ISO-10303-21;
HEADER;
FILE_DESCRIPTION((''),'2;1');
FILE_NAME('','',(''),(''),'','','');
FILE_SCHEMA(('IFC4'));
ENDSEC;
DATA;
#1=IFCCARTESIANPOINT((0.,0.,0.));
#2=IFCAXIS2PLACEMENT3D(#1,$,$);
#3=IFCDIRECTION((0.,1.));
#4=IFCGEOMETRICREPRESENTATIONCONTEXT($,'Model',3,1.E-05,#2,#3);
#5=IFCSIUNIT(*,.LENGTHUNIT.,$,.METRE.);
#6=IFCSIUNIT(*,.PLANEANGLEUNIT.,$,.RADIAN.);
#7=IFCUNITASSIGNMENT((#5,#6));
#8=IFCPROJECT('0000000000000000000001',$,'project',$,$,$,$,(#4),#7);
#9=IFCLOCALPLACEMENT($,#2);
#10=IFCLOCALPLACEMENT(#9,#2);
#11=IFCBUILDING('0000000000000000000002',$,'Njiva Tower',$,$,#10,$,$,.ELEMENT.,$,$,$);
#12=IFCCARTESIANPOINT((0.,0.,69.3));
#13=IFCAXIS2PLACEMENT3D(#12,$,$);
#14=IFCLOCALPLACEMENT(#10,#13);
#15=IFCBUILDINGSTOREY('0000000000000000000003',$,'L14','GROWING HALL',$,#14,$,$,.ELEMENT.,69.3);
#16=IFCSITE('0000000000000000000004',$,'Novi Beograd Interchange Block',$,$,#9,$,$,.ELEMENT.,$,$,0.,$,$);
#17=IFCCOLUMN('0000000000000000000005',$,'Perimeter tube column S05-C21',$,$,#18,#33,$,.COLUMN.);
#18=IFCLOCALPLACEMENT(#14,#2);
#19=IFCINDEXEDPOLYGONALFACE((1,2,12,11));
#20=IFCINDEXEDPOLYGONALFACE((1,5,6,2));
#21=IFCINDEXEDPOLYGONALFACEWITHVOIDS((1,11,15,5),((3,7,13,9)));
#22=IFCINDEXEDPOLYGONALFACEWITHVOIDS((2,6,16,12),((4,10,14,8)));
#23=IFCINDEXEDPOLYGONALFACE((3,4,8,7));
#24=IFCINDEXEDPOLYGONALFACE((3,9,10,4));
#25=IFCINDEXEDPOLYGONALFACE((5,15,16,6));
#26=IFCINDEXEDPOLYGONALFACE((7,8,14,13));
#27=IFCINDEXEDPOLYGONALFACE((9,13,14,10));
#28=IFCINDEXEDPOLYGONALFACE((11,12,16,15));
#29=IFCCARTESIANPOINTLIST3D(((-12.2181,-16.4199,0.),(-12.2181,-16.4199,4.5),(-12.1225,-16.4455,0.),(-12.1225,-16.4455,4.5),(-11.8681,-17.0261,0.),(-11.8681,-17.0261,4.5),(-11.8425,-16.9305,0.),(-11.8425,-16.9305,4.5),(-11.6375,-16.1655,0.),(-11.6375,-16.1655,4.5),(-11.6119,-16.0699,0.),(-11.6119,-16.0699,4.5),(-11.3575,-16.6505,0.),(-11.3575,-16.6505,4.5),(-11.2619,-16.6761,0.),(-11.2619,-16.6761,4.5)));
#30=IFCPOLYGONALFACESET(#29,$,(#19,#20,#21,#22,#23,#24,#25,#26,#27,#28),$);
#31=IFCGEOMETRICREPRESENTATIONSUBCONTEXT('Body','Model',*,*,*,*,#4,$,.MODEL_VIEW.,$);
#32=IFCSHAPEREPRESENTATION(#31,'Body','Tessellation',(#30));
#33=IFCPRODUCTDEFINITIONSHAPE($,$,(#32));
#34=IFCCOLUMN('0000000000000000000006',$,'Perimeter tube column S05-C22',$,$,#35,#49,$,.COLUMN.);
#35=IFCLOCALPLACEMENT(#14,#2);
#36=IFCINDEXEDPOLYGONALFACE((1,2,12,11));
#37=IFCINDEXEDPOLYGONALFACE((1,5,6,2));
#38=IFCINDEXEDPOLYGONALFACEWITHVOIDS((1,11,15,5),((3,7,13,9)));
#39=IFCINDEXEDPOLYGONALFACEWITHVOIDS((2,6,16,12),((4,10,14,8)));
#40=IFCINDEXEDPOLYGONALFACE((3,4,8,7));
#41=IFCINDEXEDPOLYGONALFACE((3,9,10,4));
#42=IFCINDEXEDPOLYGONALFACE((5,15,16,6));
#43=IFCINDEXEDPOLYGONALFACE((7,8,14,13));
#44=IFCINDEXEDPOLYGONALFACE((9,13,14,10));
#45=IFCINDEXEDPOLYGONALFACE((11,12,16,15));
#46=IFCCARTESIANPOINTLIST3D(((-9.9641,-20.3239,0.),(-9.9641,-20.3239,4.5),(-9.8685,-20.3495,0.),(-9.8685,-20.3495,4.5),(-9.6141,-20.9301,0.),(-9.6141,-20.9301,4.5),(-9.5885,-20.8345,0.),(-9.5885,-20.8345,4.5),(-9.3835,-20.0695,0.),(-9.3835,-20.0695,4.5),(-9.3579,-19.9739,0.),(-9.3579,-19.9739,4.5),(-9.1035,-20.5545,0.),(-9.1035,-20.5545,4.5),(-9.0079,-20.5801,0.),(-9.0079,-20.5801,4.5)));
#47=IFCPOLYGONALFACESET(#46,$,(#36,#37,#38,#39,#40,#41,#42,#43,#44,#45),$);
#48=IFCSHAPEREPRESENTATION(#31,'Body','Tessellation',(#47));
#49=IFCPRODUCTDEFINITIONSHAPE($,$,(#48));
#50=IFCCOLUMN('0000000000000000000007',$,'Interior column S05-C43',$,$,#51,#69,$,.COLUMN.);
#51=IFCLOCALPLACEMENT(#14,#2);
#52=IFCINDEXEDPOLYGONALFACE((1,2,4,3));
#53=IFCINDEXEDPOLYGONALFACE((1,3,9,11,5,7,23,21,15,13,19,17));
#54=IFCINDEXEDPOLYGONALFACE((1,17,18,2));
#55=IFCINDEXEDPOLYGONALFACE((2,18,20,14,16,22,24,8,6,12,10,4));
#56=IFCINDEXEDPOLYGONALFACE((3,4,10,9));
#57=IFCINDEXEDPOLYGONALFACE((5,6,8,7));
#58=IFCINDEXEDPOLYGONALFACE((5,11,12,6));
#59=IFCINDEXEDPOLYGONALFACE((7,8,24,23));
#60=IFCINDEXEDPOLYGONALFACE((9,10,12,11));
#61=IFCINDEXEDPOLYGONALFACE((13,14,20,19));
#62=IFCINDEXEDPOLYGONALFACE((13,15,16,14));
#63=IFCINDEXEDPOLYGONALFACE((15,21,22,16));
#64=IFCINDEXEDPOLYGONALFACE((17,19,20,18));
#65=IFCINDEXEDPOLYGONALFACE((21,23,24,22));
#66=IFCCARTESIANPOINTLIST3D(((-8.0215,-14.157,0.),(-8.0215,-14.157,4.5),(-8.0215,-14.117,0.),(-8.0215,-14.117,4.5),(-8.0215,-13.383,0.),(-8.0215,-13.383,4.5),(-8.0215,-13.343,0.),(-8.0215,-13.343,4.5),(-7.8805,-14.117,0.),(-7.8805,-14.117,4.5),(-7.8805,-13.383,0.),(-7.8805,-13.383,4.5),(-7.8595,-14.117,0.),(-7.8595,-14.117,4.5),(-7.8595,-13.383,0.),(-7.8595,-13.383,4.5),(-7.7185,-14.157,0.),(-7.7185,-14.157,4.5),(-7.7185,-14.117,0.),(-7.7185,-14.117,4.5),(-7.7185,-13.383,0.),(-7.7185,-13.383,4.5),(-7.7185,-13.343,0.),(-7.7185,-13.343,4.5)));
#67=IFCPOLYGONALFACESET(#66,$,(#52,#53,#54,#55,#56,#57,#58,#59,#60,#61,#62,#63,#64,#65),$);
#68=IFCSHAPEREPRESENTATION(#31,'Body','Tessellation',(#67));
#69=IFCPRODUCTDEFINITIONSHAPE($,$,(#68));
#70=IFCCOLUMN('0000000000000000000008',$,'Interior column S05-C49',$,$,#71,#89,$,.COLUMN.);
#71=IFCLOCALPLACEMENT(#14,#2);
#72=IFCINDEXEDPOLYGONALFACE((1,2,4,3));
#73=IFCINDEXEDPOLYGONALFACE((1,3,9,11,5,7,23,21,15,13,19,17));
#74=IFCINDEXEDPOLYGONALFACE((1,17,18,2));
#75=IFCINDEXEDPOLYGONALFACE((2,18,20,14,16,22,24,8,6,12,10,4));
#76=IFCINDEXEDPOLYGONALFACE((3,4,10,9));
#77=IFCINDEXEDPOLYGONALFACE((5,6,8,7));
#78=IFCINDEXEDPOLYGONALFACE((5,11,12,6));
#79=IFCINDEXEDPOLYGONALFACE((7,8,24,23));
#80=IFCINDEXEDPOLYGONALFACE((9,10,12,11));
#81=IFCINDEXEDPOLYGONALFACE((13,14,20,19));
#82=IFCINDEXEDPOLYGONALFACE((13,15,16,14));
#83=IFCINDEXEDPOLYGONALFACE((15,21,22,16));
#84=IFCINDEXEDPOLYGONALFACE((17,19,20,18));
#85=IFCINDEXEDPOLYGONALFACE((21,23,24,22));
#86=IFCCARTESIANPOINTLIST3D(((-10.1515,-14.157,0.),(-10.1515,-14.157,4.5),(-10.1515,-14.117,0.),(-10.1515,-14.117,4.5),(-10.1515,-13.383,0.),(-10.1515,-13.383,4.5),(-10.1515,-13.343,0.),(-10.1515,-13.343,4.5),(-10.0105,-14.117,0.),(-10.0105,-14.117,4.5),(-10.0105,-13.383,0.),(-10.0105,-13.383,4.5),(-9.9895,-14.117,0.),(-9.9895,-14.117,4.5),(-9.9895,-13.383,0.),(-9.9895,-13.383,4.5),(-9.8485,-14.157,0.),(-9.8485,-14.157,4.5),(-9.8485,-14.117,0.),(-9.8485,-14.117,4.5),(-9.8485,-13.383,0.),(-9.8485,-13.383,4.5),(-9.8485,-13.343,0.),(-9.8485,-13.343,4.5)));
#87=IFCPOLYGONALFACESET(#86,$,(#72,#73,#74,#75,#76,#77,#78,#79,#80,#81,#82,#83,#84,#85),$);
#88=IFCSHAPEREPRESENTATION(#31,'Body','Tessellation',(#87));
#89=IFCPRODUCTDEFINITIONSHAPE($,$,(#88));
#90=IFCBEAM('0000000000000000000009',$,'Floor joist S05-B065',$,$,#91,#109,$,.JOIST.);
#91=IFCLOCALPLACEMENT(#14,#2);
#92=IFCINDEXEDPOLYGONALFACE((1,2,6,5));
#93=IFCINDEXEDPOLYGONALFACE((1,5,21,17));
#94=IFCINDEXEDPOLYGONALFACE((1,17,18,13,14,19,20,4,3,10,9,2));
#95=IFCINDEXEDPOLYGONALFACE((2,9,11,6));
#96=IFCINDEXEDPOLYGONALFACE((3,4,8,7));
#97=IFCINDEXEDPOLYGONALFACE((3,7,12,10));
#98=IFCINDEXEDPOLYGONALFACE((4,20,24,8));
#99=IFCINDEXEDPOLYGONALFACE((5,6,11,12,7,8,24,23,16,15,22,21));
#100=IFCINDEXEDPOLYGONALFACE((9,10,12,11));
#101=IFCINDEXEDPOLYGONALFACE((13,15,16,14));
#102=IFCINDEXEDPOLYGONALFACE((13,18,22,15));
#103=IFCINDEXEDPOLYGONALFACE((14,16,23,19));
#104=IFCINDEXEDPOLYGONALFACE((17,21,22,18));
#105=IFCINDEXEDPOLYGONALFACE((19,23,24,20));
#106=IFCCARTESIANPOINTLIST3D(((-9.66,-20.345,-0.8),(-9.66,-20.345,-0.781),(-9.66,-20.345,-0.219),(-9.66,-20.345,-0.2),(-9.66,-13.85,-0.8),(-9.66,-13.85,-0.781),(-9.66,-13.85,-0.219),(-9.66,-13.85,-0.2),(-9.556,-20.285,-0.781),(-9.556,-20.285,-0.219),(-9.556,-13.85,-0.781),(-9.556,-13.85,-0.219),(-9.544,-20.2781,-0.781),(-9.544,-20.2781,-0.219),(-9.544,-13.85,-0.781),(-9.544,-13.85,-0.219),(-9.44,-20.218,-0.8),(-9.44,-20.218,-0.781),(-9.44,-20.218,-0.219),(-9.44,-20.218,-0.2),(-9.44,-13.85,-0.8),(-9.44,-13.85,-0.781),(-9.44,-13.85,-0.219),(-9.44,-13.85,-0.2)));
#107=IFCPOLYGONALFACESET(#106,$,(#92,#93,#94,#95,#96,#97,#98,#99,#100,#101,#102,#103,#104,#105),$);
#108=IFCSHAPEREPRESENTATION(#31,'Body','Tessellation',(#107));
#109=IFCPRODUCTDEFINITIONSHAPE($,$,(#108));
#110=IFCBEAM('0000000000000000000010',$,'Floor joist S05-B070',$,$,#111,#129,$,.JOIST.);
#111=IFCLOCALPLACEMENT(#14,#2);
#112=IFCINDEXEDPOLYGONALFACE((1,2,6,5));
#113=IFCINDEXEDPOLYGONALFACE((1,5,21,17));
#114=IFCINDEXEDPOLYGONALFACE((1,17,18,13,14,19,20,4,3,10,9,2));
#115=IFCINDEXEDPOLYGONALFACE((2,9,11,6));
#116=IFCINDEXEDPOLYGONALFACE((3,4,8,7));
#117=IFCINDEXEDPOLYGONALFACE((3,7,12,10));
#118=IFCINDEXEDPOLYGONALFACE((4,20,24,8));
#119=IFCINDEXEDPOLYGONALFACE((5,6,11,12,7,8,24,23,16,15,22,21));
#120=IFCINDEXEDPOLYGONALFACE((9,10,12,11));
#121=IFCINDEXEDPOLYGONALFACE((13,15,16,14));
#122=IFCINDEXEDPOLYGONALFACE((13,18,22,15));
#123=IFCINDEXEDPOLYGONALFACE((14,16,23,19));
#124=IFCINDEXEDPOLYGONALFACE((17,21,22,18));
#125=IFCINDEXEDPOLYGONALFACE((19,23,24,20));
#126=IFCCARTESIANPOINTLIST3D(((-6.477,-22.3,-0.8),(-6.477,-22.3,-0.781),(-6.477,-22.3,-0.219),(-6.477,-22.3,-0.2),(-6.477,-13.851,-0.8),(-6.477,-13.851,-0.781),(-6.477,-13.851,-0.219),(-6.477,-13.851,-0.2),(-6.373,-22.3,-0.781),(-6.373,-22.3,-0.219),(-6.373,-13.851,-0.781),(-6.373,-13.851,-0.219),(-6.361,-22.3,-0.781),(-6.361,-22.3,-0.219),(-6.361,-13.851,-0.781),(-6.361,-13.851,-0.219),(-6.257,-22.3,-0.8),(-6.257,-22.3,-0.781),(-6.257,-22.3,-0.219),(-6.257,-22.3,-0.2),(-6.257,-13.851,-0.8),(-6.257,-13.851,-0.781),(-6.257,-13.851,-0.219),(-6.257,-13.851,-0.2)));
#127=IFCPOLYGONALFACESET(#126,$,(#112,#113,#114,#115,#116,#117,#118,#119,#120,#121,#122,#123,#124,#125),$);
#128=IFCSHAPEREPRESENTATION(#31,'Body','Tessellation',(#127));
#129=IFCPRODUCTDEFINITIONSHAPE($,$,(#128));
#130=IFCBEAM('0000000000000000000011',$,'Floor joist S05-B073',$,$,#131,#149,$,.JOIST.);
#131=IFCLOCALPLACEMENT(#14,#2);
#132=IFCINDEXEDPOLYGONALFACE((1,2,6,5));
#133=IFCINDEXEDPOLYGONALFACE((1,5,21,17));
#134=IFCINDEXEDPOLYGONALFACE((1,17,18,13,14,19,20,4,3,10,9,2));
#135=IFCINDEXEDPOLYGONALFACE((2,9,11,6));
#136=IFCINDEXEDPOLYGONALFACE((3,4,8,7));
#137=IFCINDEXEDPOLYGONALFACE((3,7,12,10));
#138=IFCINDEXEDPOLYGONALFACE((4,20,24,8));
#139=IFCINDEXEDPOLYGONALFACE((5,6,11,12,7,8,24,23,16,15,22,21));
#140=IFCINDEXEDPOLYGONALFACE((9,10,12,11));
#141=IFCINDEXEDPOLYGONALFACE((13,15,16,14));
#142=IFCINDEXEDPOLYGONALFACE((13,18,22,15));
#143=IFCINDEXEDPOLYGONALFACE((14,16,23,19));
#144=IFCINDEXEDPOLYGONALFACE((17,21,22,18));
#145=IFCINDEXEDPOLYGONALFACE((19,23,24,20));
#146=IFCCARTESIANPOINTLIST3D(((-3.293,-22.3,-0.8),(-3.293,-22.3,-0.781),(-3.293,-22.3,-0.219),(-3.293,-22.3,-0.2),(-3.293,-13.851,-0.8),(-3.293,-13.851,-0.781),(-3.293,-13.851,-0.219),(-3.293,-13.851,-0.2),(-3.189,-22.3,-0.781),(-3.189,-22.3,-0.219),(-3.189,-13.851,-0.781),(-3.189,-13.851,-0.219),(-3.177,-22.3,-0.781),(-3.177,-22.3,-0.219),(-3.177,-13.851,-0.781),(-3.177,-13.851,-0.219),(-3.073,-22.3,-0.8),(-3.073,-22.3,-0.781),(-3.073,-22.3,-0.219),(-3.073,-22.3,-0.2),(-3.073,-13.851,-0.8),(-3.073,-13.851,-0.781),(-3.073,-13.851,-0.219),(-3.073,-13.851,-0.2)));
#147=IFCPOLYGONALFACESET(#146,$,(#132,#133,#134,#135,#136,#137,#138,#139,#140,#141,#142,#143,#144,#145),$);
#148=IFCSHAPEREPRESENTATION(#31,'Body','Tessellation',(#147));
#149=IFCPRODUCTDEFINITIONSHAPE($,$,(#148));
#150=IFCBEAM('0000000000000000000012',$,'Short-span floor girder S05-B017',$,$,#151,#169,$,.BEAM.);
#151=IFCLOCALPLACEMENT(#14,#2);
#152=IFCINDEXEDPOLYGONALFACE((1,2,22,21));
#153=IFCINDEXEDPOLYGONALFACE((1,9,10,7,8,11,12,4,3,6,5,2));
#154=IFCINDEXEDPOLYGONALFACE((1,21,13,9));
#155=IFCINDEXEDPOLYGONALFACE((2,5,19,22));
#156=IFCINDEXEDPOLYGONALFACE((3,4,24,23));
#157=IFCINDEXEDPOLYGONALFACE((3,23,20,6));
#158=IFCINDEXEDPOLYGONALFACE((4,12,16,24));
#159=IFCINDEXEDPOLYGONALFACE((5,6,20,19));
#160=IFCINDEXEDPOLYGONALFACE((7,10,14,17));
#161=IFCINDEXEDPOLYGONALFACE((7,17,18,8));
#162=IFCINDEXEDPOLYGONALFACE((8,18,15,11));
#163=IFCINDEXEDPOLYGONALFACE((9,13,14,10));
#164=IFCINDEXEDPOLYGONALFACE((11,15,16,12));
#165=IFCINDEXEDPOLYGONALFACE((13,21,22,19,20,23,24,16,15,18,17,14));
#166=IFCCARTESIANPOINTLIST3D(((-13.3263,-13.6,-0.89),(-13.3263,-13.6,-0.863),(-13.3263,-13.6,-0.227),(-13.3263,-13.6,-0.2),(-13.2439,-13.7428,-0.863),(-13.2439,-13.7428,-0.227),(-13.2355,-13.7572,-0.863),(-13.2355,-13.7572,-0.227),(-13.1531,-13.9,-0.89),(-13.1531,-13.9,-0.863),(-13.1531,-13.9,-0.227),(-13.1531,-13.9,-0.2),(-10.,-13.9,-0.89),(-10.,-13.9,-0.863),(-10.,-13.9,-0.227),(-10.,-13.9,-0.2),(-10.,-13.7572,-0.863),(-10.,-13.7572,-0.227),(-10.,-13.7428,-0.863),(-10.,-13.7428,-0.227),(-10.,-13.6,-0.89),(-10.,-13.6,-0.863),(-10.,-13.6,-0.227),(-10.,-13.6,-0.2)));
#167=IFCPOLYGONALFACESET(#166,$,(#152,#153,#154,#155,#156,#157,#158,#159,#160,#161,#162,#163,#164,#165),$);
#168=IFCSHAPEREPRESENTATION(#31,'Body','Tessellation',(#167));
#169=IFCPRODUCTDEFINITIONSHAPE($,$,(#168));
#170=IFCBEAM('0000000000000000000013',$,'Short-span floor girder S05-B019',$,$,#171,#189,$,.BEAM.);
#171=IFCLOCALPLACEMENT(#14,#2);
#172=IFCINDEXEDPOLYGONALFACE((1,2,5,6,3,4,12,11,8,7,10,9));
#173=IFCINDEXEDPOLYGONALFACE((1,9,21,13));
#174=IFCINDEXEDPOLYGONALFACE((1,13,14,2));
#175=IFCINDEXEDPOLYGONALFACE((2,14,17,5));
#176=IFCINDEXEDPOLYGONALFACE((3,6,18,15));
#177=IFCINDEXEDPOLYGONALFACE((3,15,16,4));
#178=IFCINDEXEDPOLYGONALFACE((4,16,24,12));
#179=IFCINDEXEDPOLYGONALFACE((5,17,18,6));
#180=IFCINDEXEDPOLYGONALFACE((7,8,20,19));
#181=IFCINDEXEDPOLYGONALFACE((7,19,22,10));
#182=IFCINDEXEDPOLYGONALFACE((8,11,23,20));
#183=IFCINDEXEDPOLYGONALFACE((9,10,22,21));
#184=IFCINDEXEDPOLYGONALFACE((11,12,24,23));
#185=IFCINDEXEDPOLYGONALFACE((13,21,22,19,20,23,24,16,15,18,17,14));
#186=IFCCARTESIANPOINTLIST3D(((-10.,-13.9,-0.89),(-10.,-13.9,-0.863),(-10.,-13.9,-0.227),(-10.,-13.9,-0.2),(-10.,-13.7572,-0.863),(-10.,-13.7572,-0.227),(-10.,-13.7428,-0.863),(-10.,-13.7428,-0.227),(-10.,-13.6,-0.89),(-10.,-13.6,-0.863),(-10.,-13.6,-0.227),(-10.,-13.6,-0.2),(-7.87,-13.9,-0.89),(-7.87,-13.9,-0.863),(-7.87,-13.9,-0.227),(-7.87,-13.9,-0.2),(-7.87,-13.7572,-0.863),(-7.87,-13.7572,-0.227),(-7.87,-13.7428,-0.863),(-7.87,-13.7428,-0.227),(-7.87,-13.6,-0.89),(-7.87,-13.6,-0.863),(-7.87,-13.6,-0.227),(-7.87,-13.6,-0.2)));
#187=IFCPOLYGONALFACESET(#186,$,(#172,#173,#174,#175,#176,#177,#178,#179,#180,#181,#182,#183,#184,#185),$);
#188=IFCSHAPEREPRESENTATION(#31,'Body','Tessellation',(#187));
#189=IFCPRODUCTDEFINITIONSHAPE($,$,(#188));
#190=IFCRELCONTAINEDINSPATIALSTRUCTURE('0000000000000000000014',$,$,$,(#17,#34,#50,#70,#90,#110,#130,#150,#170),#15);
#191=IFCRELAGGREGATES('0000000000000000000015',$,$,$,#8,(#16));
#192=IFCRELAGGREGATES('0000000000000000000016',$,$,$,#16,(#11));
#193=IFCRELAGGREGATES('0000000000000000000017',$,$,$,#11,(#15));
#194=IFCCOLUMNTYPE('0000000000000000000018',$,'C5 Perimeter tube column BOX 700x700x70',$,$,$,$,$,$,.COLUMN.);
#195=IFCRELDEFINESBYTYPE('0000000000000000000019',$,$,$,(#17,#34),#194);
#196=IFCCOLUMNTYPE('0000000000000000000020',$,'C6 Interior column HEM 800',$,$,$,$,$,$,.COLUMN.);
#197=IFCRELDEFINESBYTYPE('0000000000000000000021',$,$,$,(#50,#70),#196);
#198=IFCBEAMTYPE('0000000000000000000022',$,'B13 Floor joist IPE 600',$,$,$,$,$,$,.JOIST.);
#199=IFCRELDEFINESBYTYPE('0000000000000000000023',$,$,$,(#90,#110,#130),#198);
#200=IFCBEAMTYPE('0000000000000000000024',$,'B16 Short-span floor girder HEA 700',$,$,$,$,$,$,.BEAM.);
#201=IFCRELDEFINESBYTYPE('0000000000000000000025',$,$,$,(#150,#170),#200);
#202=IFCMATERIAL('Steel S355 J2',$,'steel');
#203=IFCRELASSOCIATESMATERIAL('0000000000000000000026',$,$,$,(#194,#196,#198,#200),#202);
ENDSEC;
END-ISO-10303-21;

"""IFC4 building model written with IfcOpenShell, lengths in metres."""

from ifc_helpers import new_model, si_unit, direction, frame, origin, origin_2d, place, context, subcontext, project, spatial, hollow_rectangle, i_section, extrude, clip, halfspace, material, material_profile, profile_set, type_object, element, save


model = new_model("IFC4")

# Units and contexts
model_context = context("Model", 3, precision=1e-05, world=origin(), true_north=direction((0.0, 1.0)))
body_context = subcontext(model_context, "Body", "Model", "MODEL_VIEW")
ifc_project = project(units=[si_unit("LENGTHUNIT", "METRE"), si_unit("PLANEANGLEUNIT", "RADIAN")], contexts=[model_context])

# Site, building, storey
site_placement = place(None, origin())
site = spatial("IfcSite", under=ifc_project, at=site_placement, Name="Novi Beograd Interchange Block", CompositionType="ELEMENT", RefElevation=0.0)
building_placement = place(site_placement, origin())
building = spatial("IfcBuilding", under=site, at=building_placement, Name="Njiva Tower", CompositionType="ELEMENT")
storey_placement = place(building_placement, frame((0.0, 0.0, 69.3)))
storey = spatial("IfcBuildingStorey", under=building, at=storey_placement, Name="L14", Description="GROWING HALL", CompositionType="ELEMENT", Elevation=69.3)

# Columns
ifc_material_1 = material(Name="Steel S355 J2", Category="steel")
ifc_material_profile_1 = material_profile(ifc_material_1, hollow_rectangle(XDim=0.7, YDim=0.7, WallThickness=0.07, at=origin_2d()), Name="BOX 700x700x70")
ifc_profile_set_1 = profile_set([ifc_material_profile_1], Name="Steel S355 J2")
column_type_1 = type_object("IfcColumnType", Name="C5 Perimeter tube column BOX 700x700x70", PredefinedType="COLUMN", material=ifc_profile_set_1)
for number, where, z_axis, x_axis, name in (
    (1, (-11.74, -16.548, 0.0), (0.0, 0.0, 1.0), (0.5, -0.866025, 0.0), "Perimeter tube column S05-C21"),
    (2, (-9.486, -20.452, 0.0), (0.0, 0.0, 1.0), (0.5, -0.866025, 0.0), "Perimeter tube column S05-C22"),
):
    element("IfcColumn", number, at=place(storey_placement, frame(where, z_axis=z_axis, x_axis=x_axis)), inside=storey, type_object=column_type_1, Name=name, PredefinedType="COLUMN", context=body_context, shape_type="SweptSolid", body=[
        extrude(hollow_rectangle(XDim=0.7, YDim=0.7, WallThickness=0.07, at=origin_2d()), origin(), (0.0, 0.0, 1.0), 4.5),
    ])
ifc_material_profile_2 = material_profile(ifc_material_1, i_section(OverallWidth=0.303, OverallDepth=0.814, WebThickness=0.021, FlangeThickness=0.04, at=origin_2d()), Name="HEM 800")
ifc_profile_set_2 = profile_set([ifc_material_profile_2], Name="Steel S355 J2")
column_type_2 = type_object("IfcColumnType", Name="C6 Interior column HEM 800", PredefinedType="COLUMN", material=ifc_profile_set_2)
for number, where, z_axis, x_axis, name in (
    (3, (-7.87, -13.75, 0.0), (0.0, 0.0, 1.0), (1.0, 0.0, 0.0), "Interior column S05-C43"),
    (4, (-10.0, -13.75, 0.0), (0.0, 0.0, 1.0), (1.0, 0.0, 0.0), "Interior column S05-C49"),
):
    element("IfcColumn", number, at=place(storey_placement, frame(where, z_axis=z_axis, x_axis=x_axis)), inside=storey, type_object=column_type_2, Name=name, PredefinedType="COLUMN", context=body_context, shape_type="SweptSolid", body=[
        extrude(i_section(OverallWidth=0.303, OverallDepth=0.814, WebThickness=0.021, FlangeThickness=0.04, at=origin_2d()), origin(), (0.0, 0.0, 1.0), 4.5),
    ])

# Beams
ifc_material_profile_3 = material_profile(ifc_material_1, i_section(OverallWidth=0.22, OverallDepth=0.6, WebThickness=0.012, FlangeThickness=0.019, at=origin_2d()), Name="IPE 600")
ifc_profile_set_3 = profile_set([ifc_material_profile_3], Name="Steel S355 J2")
beam_type_1 = type_object("IfcBeamType", Name="B13 Floor joist IPE 600", PredefinedType="JOIST", material=ifc_profile_set_3)
beam_1_placement = place(storey_placement, frame((-9.55, -13.85, -0.5), z_axis=(0.0, -1.0, 0.0), x_axis=(1.0, 0.0, 0.0)))
element("IfcBeam", 5, at=beam_1_placement, inside=storey, type_object=beam_type_1, Name="Floor joist S05-B065", PredefinedType="JOIST", context=body_context, shape_type="Clipping", body=[
    clip(extrude(i_section(OverallWidth=0.22, OverallDepth=0.6, WebThickness=0.012, FlangeThickness=0.019, at=origin_2d()), origin(), (0.0, 0.0, 1.0), 6.516), halfspace(frame((0.025, 0.0, 6.4171), z_axis=(0.499998, 0.0, 0.866027), x_axis=(0.0, 1.0, 0.0)), False)),
])
for number, where, z_axis, x_axis, name in (
    (6, (-6.367, -13.851, -0.5), (0.0, -1.0, 0.0), (1.0, 0.0, 0.0), "Floor joist S05-B070"),
    (7, (-3.183, -13.851, -0.5), (0.0, -1.0, 0.0), (1.0, 0.0, 0.0), "Floor joist S05-B073"),
):
    element("IfcBeam", number, at=place(storey_placement, frame(where, z_axis=z_axis, x_axis=x_axis)), inside=storey, type_object=beam_type_1, Name=name, PredefinedType="JOIST", context=body_context, shape_type="SweptSolid", body=[
        extrude(i_section(OverallWidth=0.22, OverallDepth=0.6, WebThickness=0.012, FlangeThickness=0.019, at=origin_2d()), origin(), (0.0, 0.0, 1.0), 8.449),
    ])
ifc_material_profile_4 = material_profile(ifc_material_1, i_section(OverallWidth=0.3, OverallDepth=0.69, WebThickness=0.0145, FlangeThickness=0.027, at=origin_2d()), Name="HEA 700")
ifc_profile_set_4 = profile_set([ifc_material_profile_4], Name="Steel S355 J2")
beam_type_2 = type_object("IfcBeamType", Name="B16 Short-span floor girder HEA 700", PredefinedType="BEAM", material=ifc_profile_set_4)
beam_2_placement = place(storey_placement, frame((-13.347, -13.75, -0.545), z_axis=(1.0, 0.0, 0.0), x_axis=(0.0, 1.0, 0.0)))
element("IfcBeam", 8, at=beam_2_placement, inside=storey, type_object=beam_type_2, Name="Short-span floor girder S05-B017", PredefinedType="BEAM", context=body_context, shape_type="Clipping", body=[
    clip(extrude(i_section(OverallWidth=0.3, OverallDepth=0.69, WebThickness=0.0145, FlangeThickness=0.027, at=origin_2d()), origin(), (0.0, 0.0, 1.0), 3.347), halfspace(frame((-0.025, 0.0, 0.1217), z_axis=(-0.499998, 0.0, -0.866027), x_axis=(0.0, -1.0, 0.0)), False)),
])
beam_3_placement = place(storey_placement, frame((-10.0, -13.75, -0.545), z_axis=(1.0, 0.0, 0.0), x_axis=(0.0, 1.0, 0.0)))
element("IfcBeam", 9, at=beam_3_placement, inside=storey, type_object=beam_type_2, Name="Short-span floor girder S05-B019", PredefinedType="BEAM", context=body_context, shape_type="SweptSolid", body=[
    extrude(i_section(OverallWidth=0.3, OverallDepth=0.69, WebThickness=0.0145, FlangeThickness=0.027, at=origin_2d()), origin(), (0.0, 0.0, 1.0), 2.13),
])

save(model, "model.ifc")
